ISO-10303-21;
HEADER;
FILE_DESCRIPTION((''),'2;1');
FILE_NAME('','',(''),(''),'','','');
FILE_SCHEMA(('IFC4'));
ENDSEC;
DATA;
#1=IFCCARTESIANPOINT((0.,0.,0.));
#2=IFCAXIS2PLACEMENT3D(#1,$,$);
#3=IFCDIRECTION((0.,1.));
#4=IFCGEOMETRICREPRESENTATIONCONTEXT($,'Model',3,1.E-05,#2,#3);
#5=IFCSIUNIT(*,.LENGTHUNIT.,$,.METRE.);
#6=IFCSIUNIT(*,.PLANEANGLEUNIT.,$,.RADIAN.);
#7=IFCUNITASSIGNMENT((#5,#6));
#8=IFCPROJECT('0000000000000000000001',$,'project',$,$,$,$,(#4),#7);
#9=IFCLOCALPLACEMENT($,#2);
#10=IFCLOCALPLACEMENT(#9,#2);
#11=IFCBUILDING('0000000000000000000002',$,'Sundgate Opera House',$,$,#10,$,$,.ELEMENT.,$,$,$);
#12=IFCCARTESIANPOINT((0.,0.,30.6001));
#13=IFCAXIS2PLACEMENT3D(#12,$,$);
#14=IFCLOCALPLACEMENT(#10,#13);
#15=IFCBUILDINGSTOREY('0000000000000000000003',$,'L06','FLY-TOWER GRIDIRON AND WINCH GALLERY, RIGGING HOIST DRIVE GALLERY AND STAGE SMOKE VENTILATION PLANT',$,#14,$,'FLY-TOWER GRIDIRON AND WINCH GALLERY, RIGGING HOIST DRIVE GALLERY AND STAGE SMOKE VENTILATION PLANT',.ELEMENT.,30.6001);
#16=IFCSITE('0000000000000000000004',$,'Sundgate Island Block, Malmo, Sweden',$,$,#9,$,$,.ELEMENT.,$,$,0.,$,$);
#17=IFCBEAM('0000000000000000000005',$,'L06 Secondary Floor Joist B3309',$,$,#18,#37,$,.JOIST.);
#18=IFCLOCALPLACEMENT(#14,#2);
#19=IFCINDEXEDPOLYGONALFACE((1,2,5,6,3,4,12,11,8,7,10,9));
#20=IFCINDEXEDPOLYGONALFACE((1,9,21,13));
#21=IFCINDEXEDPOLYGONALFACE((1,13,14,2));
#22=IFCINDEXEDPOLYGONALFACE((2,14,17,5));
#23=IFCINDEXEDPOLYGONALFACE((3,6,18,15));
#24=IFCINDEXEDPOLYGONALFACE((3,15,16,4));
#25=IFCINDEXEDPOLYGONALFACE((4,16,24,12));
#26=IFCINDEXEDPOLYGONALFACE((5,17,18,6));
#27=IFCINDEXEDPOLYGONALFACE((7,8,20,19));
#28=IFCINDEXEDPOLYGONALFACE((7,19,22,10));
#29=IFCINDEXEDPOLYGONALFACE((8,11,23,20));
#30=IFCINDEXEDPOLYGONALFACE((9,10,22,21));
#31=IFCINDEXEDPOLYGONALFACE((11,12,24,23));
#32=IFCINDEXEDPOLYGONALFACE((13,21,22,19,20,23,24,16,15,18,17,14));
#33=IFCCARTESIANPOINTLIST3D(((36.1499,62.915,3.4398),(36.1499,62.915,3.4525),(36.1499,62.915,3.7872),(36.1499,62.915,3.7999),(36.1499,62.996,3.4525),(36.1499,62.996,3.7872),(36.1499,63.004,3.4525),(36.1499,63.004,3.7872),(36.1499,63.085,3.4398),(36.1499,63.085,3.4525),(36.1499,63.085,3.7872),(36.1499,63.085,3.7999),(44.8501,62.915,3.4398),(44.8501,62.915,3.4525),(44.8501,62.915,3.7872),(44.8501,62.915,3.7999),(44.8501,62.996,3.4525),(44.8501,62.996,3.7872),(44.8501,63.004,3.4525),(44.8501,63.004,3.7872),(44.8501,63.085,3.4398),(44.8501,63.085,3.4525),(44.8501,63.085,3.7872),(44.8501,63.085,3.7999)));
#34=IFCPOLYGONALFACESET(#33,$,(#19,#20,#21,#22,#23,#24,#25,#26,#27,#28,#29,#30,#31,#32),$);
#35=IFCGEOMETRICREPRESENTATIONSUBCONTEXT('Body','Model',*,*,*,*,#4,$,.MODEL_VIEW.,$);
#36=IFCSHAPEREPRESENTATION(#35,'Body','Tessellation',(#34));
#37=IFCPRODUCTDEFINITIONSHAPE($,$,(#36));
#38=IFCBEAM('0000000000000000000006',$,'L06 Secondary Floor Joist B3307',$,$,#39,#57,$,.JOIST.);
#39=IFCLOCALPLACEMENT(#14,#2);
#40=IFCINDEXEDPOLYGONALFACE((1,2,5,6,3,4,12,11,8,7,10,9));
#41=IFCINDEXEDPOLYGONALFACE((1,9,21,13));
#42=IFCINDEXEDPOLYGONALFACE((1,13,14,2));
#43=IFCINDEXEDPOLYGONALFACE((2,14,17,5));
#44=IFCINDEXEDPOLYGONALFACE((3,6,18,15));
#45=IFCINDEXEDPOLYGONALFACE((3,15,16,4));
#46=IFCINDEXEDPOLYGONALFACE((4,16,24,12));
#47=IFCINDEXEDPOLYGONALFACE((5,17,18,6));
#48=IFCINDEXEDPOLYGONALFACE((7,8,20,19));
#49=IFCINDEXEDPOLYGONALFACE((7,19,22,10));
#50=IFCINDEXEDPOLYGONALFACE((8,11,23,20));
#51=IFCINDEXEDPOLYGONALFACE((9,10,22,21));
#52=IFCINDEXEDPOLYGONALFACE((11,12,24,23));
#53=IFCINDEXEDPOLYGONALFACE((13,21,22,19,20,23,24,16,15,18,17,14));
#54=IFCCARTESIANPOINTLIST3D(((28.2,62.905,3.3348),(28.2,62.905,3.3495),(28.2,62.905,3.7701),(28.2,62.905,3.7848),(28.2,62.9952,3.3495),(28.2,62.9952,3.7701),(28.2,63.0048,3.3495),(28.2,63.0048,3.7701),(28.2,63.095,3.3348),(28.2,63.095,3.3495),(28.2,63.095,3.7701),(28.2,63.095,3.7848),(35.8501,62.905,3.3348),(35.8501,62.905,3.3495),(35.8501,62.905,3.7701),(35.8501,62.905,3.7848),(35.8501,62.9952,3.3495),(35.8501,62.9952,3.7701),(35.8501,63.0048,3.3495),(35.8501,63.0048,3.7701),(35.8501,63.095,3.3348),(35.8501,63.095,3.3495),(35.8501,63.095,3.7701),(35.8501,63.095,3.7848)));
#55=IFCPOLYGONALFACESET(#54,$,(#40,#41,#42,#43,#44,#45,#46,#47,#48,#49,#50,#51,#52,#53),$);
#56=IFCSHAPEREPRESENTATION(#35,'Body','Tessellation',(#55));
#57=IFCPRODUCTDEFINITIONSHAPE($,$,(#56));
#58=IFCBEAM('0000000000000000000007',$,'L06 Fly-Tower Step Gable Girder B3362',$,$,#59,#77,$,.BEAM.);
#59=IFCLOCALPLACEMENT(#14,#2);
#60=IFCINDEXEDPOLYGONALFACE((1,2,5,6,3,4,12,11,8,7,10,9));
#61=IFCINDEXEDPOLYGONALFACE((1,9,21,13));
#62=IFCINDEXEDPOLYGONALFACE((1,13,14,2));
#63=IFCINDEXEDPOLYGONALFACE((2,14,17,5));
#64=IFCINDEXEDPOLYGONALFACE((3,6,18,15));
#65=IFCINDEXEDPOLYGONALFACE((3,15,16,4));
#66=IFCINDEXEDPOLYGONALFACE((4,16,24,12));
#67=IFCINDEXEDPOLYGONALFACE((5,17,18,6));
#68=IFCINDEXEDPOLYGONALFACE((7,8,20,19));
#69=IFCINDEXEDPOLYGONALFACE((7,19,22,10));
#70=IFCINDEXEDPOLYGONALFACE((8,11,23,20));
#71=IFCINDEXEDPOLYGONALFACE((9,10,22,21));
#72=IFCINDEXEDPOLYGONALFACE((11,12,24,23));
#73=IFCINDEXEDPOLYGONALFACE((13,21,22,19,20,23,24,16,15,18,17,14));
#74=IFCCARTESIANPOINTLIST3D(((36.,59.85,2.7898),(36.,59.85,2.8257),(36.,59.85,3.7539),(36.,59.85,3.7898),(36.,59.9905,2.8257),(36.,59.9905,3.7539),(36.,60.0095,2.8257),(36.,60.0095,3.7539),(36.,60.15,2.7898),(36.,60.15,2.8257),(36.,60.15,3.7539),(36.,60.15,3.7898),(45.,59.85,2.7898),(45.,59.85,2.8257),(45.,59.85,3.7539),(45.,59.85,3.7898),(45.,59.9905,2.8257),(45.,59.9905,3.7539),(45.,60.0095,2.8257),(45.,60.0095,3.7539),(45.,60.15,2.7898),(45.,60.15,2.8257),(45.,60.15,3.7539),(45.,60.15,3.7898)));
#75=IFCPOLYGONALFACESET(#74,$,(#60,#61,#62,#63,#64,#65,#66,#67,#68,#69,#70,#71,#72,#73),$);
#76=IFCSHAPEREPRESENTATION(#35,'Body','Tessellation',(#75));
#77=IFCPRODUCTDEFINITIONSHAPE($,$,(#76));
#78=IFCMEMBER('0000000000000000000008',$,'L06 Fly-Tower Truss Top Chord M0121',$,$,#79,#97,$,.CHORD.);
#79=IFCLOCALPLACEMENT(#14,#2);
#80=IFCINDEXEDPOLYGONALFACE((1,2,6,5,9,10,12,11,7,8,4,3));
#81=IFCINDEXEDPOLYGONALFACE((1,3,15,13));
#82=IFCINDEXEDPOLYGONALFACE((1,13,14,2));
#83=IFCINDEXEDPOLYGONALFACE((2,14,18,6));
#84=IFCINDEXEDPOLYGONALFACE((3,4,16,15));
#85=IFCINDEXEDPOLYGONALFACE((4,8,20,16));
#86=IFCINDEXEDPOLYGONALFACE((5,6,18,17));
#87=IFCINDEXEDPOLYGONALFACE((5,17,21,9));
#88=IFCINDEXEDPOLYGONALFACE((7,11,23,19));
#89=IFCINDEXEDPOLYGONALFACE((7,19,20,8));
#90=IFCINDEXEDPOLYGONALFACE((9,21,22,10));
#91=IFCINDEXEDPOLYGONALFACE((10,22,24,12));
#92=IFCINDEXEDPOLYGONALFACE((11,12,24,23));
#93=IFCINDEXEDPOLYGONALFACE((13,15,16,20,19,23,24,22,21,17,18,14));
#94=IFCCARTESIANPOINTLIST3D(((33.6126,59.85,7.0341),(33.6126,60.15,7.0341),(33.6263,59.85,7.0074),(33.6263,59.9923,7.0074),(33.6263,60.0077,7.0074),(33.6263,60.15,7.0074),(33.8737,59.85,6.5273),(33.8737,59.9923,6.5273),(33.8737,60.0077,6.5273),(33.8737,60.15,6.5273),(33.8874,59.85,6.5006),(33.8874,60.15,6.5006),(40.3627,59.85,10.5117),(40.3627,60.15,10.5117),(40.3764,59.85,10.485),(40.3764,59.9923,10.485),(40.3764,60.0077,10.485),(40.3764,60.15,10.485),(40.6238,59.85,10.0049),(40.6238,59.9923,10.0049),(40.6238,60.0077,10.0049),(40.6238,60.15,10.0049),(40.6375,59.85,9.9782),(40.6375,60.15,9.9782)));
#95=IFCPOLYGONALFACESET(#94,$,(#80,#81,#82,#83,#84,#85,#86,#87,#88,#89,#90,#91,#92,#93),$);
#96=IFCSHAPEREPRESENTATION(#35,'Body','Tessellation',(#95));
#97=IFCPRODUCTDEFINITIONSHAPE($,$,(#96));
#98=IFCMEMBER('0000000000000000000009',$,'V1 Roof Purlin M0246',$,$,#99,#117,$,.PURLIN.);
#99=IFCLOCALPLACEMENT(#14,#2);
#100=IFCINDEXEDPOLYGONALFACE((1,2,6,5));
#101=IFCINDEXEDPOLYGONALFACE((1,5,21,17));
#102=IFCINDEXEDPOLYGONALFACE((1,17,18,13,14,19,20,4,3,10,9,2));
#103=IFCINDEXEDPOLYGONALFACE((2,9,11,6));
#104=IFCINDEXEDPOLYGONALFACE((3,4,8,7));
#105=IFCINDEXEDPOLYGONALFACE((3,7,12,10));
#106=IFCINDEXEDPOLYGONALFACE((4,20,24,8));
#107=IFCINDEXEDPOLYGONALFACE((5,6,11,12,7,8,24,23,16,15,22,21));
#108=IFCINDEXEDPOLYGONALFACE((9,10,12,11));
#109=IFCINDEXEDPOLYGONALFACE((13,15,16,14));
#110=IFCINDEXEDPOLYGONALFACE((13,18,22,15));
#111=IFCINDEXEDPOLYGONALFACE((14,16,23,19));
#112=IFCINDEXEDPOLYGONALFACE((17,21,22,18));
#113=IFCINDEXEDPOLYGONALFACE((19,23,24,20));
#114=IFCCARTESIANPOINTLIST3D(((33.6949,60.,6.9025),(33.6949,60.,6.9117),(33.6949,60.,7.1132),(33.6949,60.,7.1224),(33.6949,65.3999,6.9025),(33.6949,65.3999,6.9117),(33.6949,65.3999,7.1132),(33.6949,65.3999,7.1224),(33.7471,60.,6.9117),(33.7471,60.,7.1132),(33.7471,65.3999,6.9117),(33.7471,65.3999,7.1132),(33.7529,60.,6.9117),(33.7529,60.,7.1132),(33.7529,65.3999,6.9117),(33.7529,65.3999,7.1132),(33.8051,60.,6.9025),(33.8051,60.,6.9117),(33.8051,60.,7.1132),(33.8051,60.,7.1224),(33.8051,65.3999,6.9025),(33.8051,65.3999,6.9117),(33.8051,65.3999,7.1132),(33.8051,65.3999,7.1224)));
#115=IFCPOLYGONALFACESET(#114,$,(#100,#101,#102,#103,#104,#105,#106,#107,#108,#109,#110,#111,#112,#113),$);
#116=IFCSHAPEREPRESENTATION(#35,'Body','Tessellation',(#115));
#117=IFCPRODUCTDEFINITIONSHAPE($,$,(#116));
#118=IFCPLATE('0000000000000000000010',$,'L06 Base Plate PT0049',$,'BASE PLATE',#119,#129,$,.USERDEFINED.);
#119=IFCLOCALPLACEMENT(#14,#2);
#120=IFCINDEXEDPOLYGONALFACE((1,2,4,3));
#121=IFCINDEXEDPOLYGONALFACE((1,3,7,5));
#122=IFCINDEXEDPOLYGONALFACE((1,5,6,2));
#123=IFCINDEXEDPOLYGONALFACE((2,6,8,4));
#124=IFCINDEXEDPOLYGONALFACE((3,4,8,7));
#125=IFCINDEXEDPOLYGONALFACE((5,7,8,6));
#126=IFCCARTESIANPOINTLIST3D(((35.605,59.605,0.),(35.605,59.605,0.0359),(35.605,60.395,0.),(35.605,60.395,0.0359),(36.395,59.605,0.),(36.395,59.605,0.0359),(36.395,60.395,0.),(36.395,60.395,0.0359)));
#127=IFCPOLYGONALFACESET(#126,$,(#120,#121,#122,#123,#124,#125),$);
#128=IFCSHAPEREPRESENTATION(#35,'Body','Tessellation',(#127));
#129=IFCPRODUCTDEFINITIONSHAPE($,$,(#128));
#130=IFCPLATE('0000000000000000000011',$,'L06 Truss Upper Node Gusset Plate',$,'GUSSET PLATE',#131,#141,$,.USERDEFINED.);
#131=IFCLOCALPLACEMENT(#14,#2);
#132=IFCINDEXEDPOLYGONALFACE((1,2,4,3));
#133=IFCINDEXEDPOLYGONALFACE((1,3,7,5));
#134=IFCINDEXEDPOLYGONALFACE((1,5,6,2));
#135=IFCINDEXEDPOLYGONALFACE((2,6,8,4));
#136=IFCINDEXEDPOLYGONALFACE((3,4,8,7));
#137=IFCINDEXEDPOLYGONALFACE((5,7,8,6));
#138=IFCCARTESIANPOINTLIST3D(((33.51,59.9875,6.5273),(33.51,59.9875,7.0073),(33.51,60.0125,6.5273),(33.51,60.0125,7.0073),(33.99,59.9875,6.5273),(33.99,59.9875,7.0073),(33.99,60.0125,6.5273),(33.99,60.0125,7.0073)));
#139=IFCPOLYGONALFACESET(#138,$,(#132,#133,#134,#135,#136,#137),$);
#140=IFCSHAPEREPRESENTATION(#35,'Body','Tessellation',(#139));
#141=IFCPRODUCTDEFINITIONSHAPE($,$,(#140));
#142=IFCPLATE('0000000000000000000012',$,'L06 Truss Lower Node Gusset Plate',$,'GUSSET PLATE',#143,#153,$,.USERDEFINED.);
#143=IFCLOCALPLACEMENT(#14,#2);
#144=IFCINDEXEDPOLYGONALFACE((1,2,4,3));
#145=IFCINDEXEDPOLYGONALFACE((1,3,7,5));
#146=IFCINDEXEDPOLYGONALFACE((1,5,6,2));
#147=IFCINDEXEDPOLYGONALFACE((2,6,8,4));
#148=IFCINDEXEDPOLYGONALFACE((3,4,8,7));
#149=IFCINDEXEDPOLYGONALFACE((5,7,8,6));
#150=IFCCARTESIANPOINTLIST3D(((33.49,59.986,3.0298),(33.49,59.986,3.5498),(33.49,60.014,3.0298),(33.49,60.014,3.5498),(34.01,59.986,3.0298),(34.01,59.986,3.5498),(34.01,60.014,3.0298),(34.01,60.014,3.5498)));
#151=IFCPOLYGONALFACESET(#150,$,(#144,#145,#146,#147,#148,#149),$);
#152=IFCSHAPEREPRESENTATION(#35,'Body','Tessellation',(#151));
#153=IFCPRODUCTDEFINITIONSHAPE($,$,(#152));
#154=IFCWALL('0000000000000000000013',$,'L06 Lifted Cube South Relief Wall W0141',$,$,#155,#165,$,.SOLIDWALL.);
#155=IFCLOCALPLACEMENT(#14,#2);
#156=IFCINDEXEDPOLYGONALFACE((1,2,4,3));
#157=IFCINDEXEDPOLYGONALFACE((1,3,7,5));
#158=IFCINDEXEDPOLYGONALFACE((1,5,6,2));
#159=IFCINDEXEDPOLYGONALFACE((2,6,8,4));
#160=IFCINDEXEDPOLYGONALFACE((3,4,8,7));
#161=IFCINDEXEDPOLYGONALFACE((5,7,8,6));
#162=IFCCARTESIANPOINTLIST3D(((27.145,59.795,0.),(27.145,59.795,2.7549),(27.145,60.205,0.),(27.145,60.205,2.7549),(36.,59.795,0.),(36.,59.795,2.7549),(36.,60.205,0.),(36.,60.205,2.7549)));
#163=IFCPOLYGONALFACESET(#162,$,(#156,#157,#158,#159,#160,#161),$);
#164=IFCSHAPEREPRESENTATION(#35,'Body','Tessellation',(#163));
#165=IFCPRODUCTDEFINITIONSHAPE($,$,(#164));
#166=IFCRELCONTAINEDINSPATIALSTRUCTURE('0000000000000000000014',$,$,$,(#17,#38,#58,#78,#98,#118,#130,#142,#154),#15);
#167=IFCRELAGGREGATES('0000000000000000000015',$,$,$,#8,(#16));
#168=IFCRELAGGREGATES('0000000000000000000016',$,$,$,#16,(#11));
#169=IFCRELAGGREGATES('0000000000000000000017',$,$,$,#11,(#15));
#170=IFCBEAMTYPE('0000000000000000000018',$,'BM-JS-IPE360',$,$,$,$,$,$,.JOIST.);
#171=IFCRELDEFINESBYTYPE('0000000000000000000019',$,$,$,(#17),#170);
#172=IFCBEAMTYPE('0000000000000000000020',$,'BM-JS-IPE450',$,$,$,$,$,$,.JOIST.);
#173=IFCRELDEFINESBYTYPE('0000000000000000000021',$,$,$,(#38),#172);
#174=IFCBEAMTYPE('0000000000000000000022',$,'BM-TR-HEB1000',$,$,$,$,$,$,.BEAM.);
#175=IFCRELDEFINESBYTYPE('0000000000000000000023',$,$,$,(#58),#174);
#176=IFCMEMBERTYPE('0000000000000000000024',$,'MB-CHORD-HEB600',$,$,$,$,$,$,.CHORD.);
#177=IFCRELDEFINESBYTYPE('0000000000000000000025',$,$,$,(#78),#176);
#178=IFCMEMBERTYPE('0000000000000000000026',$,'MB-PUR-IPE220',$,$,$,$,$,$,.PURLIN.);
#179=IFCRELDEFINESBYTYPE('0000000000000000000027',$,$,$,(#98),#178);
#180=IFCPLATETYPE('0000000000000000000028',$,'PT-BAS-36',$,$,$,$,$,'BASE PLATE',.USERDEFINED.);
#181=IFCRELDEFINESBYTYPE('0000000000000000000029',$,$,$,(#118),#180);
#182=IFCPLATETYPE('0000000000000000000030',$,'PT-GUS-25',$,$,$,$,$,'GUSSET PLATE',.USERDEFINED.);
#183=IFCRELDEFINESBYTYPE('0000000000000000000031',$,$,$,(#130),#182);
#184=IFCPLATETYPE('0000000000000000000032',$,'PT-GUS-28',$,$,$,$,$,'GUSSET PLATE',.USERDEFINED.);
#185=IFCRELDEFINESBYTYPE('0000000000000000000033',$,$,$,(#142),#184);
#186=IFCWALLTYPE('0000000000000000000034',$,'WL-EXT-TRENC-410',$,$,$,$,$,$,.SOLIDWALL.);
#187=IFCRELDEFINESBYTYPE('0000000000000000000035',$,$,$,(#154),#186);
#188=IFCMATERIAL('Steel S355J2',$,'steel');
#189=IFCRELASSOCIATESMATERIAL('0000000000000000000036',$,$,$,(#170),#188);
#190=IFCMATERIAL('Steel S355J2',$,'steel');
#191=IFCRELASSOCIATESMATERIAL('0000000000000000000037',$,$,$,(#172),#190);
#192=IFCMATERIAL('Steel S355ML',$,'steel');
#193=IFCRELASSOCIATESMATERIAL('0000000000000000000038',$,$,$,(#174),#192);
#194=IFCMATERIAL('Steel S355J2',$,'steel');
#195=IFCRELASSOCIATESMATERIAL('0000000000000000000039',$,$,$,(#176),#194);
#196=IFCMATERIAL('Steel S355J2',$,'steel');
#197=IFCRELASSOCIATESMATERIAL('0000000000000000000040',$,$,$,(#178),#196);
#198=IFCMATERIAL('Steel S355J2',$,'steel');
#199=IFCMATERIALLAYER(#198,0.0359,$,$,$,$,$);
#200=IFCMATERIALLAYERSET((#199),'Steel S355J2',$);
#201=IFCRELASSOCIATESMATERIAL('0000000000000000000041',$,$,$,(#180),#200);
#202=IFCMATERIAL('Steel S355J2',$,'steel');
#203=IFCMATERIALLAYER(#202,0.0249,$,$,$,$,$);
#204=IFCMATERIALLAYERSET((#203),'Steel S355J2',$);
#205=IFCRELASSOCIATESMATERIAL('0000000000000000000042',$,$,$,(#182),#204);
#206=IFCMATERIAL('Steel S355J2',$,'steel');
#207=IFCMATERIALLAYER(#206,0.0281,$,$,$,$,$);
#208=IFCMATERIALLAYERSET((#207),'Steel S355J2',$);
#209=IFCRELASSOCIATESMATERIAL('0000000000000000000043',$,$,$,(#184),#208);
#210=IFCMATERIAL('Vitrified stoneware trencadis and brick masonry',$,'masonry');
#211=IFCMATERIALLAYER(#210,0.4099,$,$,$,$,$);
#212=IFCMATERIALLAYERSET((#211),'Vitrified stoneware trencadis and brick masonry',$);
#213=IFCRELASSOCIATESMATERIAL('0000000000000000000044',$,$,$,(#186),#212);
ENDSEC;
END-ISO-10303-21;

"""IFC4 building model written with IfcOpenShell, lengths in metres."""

from ifc_helpers import new_model, si_unit, direction, frame, frame_2d, origin, origin_2d, place, context, subcontext, project, spatial, rectangle, i_section, extrude, material, layer, layer_set, material_profile, profile_set, type_object, element, save


model = new_model("IFC4")

# Units and contexts
model_context = context("Model", 3, precision=1e-05, world=origin(), true_north=direction((0.0, 1.0)))
body_context = subcontext(model_context, "Body", "Model", "MODEL_VIEW")
ifc_project = project(units=[si_unit("LENGTHUNIT", "METRE"), si_unit("PLANEANGLEUNIT", "RADIAN")], contexts=[model_context])

# Site, building, storey
site_placement = place(None, origin())
site = spatial("IfcSite", under=ifc_project, at=site_placement, Name="Sundgate Island Block, Malmo, Sweden", CompositionType="ELEMENT", RefElevation=0.0)
building_placement = place(site_placement, origin())
building = spatial("IfcBuilding", under=site, at=building_placement, Name="Sundgate Opera House", CompositionType="ELEMENT")
storey_placement = place(building_placement, frame((0.0, 0.0, 30.6001)))
storey = spatial("IfcBuildingStorey", under=building, at=storey_placement, Name="L06", Description="FLY-TOWER GRIDIRON AND WINCH GALLERY, RIGGING HOIST DRIVE GALLERY AND STAGE SMOKE VENTILATION PLANT", LongName="FLY-TOWER GRIDIRON AND WINCH GALLERY, RIGGING HOIST DRIVE GALLERY AND STAGE SMOKE VENTILATION PLANT", CompositionType="ELEMENT", Elevation=30.6001)

# Beams
ifc_material_1 = material(Name="Steel S355J2", Category="steel")
ifc_material_profile_1 = material_profile(ifc_material_1, i_section(OverallWidth=0.1699, OverallDepth=0.3601, WebThickness=0.0081, FlangeThickness=0.0127, at=origin_2d()), Name="IPE 360")
ifc_profile_set_1 = profile_set([ifc_material_profile_1], Name="Steel S355J2")
beam_type_1 = type_object("IfcBeamType", Name="BM-JS-IPE360", PredefinedType="JOIST", material=ifc_profile_set_1)
beam_1_placement = place(storey_placement, frame((36.1499, 63.0, 3.6199), z_axis=(1.0, 0.0, 0.0), x_axis=(0.0, 1.0, 0.0)))
element("IfcBeam", 1, at=beam_1_placement, inside=storey, type_object=beam_type_1, Name="L06 Secondary Floor Joist B3309", PredefinedType="JOIST", context=body_context, shape_type="SweptSolid", body=[
    extrude(i_section(OverallWidth=0.1699, OverallDepth=0.3601, WebThickness=0.0081, FlangeThickness=0.0127, at=origin_2d()), origin(), (0.0, 0.0, 1.0), 8.7002),
])
ifc_material_2 = material(Name="Steel S355J2", Category="steel")
ifc_material_profile_2 = material_profile(ifc_material_2, i_section(OverallWidth=0.1899, OverallDepth=0.45, WebThickness=0.0095, FlangeThickness=0.0146, at=origin_2d()), Name="IPE 450")
ifc_profile_set_2 = profile_set([ifc_material_profile_2], Name="Steel S355J2")
beam_type_2 = type_object("IfcBeamType", Name="BM-JS-IPE450", PredefinedType="JOIST", material=ifc_profile_set_2)
beam_2_placement = place(storey_placement, frame((28.2, 63.0, 3.5598), z_axis=(1.0, 0.0, 0.0), x_axis=(0.0, 1.0, 0.0)))
element("IfcBeam", 2, at=beam_2_placement, inside=storey, type_object=beam_type_2, Name="L06 Secondary Floor Joist B3307", PredefinedType="JOIST", context=body_context, shape_type="SweptSolid", body=[
    extrude(i_section(OverallWidth=0.1899, OverallDepth=0.45, WebThickness=0.0095, FlangeThickness=0.0146, at=origin_2d()), origin(), (0.0, 0.0, 1.0), 7.6501),
])
ifc_material_3 = material(Name="Steel S355ML", Category="steel")
ifc_material_profile_3 = material_profile(ifc_material_3, i_section(OverallWidth=0.3, OverallDepth=1.0, WebThickness=0.019, FlangeThickness=0.0359, at=origin_2d()), Name="HEB 1000")
ifc_profile_set_3 = profile_set([ifc_material_profile_3], Name="Steel S355ML")
beam_type_3 = type_object("IfcBeamType", Name="BM-TR-HEB1000", PredefinedType="BEAM", material=ifc_profile_set_3)
beam_3_placement = place(storey_placement, frame((36.0, 60.0, 3.2898), z_axis=(1.0, 0.0, 0.0), x_axis=(0.0, 1.0, 0.0)))
element("IfcBeam", 3, at=beam_3_placement, inside=storey, type_object=beam_type_3, Name="L06 Fly-Tower Step Gable Girder B3362", PredefinedType="BEAM", context=body_context, shape_type="SweptSolid", body=[
    extrude(i_section(OverallWidth=0.3, OverallDepth=1.0, WebThickness=0.019, FlangeThickness=0.0359, at=origin_2d()), origin(), (0.0, 0.0, 1.0), 9.0),
])

# Members
ifc_material_4 = material(Name="Steel S355J2", Category="steel")
ifc_material_profile_4 = material_profile(ifc_material_4, i_section(OverallWidth=0.3, OverallDepth=0.6001, WebThickness=0.0154, FlangeThickness=0.03, at=origin_2d()), Name="HEB 600")
ifc_profile_set_4 = profile_set([ifc_material_profile_4], Name="Steel S355J2")
member_type_1 = type_object("IfcMemberType", Name="MB-CHORD-HEB600", PredefinedType="CHORD", material=ifc_profile_set_4)
member_1_placement = place(storey_placement, frame((33.75, 60.0, 6.7673), z_axis=(0.88896, 0.0, 0.457984), x_axis=(0.0, 1.0, 0.0)))
element("IfcMember", 4, at=member_1_placement, inside=storey, type_object=member_type_1, Name="L06 Fly-Tower Truss Top Chord M0121", PredefinedType="CHORD", context=body_context, shape_type="SweptSolid", body=[
    extrude(i_section(OverallWidth=0.3, OverallDepth=0.6001, WebThickness=0.0154, FlangeThickness=0.03, at=origin_2d()), origin(), (0.0, 0.0, 1.0), 7.5933),
])
ifc_material_5 = material(Name="Steel S355J2", Category="steel")
ifc_material_profile_5 = material_profile(ifc_material_5, i_section(OverallWidth=0.1101, OverallDepth=0.22, WebThickness=0.0059, FlangeThickness=0.0093, at=origin_2d()), Name="IPE 220")
ifc_profile_set_5 = profile_set([ifc_material_profile_5], Name="Steel S355J2")
member_type_2 = type_object("IfcMemberType", Name="MB-PUR-IPE220", PredefinedType="PURLIN", material=ifc_profile_set_5)
member_2_placement = place(storey_placement, frame((33.75, 60.0, 7.0125), z_axis=(0.0, 1.0, 0.0), x_axis=(-1.0, 0.0, 0.0)))
element("IfcMember", 5, at=member_2_placement, inside=storey, type_object=member_type_2, Name="V1 Roof Purlin M0246", PredefinedType="PURLIN", context=body_context, shape_type="SweptSolid", body=[
    extrude(i_section(OverallWidth=0.1101, OverallDepth=0.22, WebThickness=0.0059, FlangeThickness=0.0093, at=origin_2d()), origin(), (0.0, 0.0, 1.0), 5.3999),
])

# Plates
ifc_material_6 = material(Name="Steel S355J2", Category="steel")
ifc_layer_1 = layer(ifc_material_6, 0.0359)
ifc_layer_set_1 = layer_set([ifc_layer_1], Name="Steel S355J2")
plate_type_1 = type_object("IfcPlateType", Name="PT-BAS-36", ElementType="BASE PLATE", PredefinedType="USERDEFINED", material=ifc_layer_set_1)
plate_1_placement = place(storey_placement, frame((36.0, 60.0, 0.0), z_axis=(0.0, 0.0, 1.0), x_axis=(1.0, 0.0, 0.0)))
element("IfcPlate", 6, at=plate_1_placement, inside=storey, type_object=plate_type_1, Name="L06 Base Plate PT0049", ObjectType="BASE PLATE", PredefinedType="USERDEFINED", context=body_context, shape_type="SweptSolid", body=[
    extrude(rectangle(XDim=0.79, YDim=0.79, at=origin_2d()), origin(), (0.0, 0.0, 1.0), 0.0359),
])
ifc_material_7 = material(Name="Steel S355J2", Category="steel")
ifc_layer_2 = layer(ifc_material_7, 0.0249)
ifc_layer_set_2 = layer_set([ifc_layer_2], Name="Steel S355J2")
plate_type_2 = type_object("IfcPlateType", Name="PT-GUS-25", ElementType="GUSSET PLATE", PredefinedType="USERDEFINED", material=ifc_layer_set_2)
plate_2_placement = place(storey_placement, frame((33.75, 60.0, 6.5273), z_axis=(0.0, 0.0, 1.0), x_axis=(1.0, 0.0, 0.0)))
element("IfcPlate", 7, at=plate_2_placement, inside=storey, type_object=plate_type_2, Name="L06 Truss Upper Node Gusset Plate", ObjectType="GUSSET PLATE", PredefinedType="USERDEFINED", context=body_context, shape_type="SweptSolid", body=[
    extrude(rectangle(XDim=0.48, YDim=0.0249, at=origin_2d()), origin(), (0.0, 0.0, 1.0), 0.48),
])
ifc_material_8 = material(Name="Steel S355J2", Category="steel")
ifc_layer_3 = layer(ifc_material_8, 0.0281)
ifc_layer_set_3 = layer_set([ifc_layer_3], Name="Steel S355J2")
plate_type_3 = type_object("IfcPlateType", Name="PT-GUS-28", ElementType="GUSSET PLATE", PredefinedType="USERDEFINED", material=ifc_layer_set_3)
plate_3_placement = place(storey_placement, frame((33.75, 60.0, 3.0298), z_axis=(0.0, 0.0, 1.0), x_axis=(1.0, 0.0, 0.0)))
element("IfcPlate", 8, at=plate_3_placement, inside=storey, type_object=plate_type_3, Name="L06 Truss Lower Node Gusset Plate", ObjectType="GUSSET PLATE", PredefinedType="USERDEFINED", context=body_context, shape_type="SweptSolid", body=[
    extrude(rectangle(XDim=0.52, YDim=0.0281, at=origin_2d()), origin(), (0.0, 0.0, 1.0), 0.52),
])

# Wall
ifc_material_9 = material(Name="Vitrified stoneware trencadis and brick masonry", Category="masonry")
ifc_layer_4 = layer(ifc_material_9, 0.4099)
ifc_layer_set_4 = layer_set([ifc_layer_4], Name="Vitrified stoneware trencadis and brick masonry")
wall_type_1 = type_object("IfcWallType", Name="WL-EXT-TRENC-410", PredefinedType="SOLIDWALL", material=ifc_layer_set_4)
wall_1_placement = place(storey_placement, frame((36.0, 60.0, 0.0), z_axis=(0.0, 0.0, 1.0), x_axis=(-1.0, 0.0, 0.0)))
element("IfcWall", 9, at=wall_1_placement, inside=storey, type_object=wall_type_1, Name="L06 Lifted Cube South Relief Wall W0141", PredefinedType="SOLIDWALL", context=body_context, shape_type="SweptSolid", body=[
    extrude(rectangle(XDim=8.855, YDim=0.4099, at=frame_2d((4.4275, 0.0))), origin(), (0.0, 0.0, 1.0), 2.7549),
])

save(model, "model.ifc")
